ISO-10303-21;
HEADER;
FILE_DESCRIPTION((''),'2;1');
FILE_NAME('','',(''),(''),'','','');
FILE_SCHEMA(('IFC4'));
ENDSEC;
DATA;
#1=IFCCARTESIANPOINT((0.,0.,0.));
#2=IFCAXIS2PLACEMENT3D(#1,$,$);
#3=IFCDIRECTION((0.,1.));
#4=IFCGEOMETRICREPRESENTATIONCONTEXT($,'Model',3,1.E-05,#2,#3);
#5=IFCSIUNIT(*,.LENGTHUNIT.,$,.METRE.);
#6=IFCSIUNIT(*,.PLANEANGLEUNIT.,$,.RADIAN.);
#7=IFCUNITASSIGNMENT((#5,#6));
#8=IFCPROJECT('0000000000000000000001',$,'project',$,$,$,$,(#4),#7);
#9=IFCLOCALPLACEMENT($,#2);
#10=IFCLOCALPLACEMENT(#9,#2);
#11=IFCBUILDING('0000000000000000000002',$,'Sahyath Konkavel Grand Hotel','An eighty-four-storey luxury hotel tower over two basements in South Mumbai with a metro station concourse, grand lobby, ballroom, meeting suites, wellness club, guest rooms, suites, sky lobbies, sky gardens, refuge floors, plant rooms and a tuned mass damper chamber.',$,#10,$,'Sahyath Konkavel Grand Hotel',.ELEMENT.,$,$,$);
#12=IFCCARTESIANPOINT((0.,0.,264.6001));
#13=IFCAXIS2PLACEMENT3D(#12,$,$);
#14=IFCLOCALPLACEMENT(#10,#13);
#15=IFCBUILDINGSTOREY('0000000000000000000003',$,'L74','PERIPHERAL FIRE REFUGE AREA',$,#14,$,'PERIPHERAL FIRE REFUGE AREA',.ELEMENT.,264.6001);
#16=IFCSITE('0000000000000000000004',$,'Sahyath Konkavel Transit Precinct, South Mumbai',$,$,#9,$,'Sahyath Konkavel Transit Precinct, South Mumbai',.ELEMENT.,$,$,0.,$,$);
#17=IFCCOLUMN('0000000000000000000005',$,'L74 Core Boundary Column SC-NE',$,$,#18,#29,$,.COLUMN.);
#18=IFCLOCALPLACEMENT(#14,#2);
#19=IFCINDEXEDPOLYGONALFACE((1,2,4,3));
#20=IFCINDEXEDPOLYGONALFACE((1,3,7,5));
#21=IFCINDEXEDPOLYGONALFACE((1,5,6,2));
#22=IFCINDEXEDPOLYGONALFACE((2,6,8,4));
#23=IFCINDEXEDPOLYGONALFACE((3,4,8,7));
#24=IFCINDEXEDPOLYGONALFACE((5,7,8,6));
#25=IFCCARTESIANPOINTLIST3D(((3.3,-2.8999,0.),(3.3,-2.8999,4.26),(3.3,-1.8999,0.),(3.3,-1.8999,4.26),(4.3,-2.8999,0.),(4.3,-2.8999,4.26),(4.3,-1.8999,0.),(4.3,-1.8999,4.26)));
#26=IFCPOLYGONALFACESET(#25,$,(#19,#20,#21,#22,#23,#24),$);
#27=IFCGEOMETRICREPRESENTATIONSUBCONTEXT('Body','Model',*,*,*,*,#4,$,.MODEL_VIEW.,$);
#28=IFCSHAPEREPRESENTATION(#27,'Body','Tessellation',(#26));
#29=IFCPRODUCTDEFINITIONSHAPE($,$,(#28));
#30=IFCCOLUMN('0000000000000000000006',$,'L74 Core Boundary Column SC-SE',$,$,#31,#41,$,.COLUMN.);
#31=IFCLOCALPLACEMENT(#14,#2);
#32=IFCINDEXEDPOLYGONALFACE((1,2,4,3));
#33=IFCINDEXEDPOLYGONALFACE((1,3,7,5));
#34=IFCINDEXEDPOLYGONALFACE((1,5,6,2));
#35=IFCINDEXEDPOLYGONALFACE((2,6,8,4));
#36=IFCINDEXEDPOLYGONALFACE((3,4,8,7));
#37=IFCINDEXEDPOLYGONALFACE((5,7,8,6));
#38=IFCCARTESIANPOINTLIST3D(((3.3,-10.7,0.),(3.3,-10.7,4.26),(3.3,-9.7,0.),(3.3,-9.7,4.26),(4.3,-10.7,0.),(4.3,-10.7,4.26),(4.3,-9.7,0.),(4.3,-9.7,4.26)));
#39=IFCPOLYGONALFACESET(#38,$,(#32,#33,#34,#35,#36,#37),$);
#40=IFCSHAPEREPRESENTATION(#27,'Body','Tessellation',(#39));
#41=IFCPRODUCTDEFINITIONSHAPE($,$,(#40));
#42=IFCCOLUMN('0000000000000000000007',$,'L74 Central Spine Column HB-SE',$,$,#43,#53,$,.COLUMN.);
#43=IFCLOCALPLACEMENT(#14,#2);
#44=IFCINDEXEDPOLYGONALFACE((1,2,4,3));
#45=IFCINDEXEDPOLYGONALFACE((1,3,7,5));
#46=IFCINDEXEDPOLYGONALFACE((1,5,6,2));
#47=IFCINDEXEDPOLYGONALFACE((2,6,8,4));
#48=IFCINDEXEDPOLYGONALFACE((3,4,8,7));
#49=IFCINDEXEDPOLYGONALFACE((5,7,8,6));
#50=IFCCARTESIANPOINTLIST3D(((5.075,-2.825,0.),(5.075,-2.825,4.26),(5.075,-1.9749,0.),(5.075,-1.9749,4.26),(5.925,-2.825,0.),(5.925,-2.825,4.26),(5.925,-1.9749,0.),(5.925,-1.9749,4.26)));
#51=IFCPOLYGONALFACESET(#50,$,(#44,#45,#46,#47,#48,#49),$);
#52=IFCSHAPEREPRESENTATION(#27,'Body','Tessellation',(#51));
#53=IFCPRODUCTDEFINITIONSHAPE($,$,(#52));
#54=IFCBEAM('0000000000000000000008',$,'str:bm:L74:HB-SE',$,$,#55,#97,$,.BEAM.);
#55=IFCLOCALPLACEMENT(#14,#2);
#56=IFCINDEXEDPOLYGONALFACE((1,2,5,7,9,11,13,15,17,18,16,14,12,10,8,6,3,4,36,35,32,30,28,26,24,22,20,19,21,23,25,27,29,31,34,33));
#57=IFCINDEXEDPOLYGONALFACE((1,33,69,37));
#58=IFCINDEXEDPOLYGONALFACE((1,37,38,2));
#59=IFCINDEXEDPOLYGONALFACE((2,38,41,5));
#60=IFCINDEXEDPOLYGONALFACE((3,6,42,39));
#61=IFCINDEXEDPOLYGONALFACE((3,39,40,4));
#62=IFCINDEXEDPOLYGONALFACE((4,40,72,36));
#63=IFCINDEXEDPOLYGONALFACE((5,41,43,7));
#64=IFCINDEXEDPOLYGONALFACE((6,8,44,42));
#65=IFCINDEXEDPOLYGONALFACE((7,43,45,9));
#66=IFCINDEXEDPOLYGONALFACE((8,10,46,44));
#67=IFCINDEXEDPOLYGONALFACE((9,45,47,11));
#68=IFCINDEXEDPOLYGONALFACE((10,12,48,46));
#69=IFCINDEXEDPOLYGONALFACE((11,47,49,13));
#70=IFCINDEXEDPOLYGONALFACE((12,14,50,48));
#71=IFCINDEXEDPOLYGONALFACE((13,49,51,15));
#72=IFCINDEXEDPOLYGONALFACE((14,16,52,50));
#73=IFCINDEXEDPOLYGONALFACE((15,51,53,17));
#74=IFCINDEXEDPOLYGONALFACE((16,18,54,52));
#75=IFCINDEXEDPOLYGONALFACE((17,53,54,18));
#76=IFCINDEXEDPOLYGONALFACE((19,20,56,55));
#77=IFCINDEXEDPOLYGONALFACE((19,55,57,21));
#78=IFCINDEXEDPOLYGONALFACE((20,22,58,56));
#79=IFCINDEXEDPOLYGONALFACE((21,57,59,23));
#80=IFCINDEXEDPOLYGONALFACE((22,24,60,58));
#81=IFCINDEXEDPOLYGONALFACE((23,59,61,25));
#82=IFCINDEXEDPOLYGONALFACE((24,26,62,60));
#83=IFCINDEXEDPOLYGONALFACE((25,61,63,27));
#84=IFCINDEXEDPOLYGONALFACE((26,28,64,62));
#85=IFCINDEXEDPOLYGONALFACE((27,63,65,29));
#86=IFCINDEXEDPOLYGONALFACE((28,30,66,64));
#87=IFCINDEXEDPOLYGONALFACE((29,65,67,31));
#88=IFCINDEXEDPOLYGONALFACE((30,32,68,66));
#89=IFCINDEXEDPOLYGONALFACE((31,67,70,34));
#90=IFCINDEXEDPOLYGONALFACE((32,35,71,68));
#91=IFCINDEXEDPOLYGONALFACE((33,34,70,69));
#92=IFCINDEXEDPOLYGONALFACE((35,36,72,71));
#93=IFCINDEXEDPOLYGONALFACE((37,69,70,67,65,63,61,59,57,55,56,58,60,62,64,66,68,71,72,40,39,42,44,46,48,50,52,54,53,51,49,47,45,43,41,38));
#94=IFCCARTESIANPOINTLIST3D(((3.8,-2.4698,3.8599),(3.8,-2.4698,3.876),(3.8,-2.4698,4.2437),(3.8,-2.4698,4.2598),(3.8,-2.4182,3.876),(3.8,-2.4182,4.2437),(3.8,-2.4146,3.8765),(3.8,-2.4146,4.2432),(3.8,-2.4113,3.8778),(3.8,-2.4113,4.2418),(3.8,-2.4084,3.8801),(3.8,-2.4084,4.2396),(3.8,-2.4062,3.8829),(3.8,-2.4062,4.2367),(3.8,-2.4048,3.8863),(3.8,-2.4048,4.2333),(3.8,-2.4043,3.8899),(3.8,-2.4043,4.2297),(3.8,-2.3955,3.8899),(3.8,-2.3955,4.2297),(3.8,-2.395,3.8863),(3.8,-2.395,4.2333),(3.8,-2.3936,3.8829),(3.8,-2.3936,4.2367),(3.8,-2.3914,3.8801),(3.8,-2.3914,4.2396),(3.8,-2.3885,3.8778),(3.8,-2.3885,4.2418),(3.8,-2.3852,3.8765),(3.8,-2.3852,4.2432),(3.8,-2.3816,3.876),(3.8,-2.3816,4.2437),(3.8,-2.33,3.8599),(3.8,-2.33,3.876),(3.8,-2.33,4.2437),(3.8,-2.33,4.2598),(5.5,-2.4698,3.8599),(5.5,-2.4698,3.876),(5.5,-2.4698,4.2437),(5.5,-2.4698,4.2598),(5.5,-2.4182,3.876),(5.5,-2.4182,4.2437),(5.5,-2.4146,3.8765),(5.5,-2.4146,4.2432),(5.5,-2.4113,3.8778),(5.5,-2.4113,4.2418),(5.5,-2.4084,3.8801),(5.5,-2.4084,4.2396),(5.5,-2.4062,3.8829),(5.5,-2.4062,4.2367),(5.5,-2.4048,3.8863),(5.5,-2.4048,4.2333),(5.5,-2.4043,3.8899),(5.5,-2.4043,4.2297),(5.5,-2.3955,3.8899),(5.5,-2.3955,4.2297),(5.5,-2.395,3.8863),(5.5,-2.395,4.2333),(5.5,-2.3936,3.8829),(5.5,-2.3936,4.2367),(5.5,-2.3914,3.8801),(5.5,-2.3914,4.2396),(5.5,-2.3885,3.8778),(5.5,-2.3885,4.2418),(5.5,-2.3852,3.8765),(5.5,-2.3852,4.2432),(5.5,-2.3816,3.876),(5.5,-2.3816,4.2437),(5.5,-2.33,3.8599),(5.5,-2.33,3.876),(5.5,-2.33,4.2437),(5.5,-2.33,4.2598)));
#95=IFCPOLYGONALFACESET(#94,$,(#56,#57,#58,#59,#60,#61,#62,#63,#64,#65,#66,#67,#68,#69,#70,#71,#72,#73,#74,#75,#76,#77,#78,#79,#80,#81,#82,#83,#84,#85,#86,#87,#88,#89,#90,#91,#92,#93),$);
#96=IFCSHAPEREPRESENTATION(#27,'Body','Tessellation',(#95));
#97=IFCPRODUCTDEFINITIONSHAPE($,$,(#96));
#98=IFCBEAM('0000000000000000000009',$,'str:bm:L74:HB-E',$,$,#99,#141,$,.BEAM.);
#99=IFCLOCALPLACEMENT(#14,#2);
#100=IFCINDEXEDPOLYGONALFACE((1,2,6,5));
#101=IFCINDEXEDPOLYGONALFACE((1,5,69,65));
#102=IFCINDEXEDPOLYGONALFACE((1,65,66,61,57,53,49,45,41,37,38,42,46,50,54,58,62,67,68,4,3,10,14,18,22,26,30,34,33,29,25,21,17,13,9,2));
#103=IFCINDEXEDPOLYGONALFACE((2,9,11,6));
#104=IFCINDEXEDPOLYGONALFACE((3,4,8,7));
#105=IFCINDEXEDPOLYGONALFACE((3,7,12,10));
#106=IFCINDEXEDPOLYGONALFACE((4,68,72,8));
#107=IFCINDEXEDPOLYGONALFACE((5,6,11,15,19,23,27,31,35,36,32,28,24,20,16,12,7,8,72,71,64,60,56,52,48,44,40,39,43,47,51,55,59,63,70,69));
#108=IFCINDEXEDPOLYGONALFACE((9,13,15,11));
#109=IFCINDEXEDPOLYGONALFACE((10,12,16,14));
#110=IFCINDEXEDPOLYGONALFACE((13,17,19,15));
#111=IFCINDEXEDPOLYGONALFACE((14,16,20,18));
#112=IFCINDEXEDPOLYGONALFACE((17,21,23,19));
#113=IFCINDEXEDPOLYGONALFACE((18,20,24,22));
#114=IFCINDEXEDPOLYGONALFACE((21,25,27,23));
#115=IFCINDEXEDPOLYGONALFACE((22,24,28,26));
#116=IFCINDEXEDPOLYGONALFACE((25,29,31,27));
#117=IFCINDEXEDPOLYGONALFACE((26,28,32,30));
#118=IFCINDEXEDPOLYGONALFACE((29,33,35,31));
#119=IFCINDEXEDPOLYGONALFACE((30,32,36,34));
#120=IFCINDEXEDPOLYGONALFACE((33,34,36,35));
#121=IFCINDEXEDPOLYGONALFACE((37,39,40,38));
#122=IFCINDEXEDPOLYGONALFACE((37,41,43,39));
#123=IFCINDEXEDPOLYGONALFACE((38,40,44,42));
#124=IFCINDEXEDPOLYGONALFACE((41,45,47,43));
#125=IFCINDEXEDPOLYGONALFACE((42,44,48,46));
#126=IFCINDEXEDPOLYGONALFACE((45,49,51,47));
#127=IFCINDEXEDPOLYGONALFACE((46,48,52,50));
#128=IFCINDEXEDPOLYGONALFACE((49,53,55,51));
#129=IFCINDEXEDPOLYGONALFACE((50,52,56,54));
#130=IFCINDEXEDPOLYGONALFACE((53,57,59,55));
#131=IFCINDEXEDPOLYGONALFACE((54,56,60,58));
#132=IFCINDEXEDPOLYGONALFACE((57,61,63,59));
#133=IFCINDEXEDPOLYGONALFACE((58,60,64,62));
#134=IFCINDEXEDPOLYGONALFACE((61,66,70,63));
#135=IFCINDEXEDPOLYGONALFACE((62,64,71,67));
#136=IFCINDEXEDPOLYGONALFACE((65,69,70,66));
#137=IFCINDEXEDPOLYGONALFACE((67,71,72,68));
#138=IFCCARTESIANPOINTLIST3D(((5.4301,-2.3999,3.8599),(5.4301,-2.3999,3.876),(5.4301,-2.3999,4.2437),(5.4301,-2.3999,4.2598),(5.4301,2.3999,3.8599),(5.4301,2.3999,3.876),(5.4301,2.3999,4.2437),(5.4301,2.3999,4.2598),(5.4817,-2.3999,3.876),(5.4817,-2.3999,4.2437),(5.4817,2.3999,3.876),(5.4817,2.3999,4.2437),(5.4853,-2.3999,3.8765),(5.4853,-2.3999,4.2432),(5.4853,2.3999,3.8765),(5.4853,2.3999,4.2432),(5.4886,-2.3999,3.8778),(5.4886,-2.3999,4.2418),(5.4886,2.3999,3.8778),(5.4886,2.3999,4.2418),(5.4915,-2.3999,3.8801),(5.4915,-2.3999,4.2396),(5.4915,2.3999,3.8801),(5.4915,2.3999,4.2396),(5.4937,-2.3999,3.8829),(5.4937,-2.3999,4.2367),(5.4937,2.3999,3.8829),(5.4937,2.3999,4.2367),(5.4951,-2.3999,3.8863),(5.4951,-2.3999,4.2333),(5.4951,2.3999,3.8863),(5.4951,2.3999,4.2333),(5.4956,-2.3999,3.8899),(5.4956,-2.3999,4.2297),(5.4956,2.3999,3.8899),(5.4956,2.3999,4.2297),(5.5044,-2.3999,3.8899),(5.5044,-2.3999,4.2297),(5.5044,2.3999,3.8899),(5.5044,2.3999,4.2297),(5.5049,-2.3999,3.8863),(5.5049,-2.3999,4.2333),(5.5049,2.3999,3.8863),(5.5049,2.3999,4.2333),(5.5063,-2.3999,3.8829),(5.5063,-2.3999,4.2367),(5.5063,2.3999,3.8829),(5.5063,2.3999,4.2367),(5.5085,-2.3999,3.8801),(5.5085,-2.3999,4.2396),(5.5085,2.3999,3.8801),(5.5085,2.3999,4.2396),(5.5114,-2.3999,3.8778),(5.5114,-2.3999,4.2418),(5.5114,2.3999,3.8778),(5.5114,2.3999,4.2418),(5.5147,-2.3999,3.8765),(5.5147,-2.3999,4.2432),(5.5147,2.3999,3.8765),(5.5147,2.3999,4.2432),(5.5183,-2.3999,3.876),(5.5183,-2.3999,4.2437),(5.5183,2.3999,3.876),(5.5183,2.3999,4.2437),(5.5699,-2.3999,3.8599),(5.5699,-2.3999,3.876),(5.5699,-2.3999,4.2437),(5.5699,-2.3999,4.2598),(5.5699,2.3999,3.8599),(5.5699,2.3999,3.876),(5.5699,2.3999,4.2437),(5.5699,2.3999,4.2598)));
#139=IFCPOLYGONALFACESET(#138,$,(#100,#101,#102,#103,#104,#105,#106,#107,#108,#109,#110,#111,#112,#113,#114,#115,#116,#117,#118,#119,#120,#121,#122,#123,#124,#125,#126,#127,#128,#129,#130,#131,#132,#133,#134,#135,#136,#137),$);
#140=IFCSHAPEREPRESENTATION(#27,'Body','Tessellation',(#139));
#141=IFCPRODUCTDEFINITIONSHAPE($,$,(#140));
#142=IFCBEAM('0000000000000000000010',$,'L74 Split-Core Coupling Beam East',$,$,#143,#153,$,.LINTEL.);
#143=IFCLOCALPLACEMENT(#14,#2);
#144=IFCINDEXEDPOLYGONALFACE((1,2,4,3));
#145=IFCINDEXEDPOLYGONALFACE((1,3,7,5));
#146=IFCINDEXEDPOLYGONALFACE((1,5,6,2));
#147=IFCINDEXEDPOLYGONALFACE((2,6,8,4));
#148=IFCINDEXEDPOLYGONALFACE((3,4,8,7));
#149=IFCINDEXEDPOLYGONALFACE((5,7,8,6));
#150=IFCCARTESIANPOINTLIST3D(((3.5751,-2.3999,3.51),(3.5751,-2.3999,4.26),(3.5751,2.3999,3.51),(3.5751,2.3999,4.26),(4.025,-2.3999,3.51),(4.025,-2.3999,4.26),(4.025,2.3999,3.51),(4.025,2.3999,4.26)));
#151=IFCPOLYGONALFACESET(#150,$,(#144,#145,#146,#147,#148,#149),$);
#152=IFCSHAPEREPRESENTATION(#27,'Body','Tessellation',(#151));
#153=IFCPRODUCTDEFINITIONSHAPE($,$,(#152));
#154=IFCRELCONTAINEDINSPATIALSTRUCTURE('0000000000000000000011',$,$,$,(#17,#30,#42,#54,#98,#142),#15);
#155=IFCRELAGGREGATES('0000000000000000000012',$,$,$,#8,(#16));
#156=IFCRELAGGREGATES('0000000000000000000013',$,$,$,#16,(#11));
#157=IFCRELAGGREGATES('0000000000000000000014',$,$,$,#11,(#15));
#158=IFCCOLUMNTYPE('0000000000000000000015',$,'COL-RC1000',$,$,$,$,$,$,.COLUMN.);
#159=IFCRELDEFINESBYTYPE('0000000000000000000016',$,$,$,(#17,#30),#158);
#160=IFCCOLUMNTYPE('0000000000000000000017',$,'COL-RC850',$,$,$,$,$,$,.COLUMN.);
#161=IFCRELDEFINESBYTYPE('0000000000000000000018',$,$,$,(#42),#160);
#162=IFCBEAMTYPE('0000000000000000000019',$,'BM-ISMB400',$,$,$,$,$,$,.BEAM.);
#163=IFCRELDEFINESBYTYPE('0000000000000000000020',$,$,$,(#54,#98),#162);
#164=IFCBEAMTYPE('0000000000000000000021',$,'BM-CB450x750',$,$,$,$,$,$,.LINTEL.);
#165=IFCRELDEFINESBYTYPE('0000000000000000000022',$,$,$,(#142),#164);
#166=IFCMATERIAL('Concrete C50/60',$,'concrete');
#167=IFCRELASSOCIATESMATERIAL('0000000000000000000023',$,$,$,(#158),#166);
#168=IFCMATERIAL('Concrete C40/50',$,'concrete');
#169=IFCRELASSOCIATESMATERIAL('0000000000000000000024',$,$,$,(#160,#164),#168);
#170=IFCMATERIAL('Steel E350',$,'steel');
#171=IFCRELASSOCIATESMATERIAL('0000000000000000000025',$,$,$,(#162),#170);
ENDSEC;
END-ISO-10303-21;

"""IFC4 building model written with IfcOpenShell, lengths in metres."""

from ifc_helpers import new_model, si_unit, direction, frame, origin, origin_2d, place, context, subcontext, project, spatial, rectangle, i_section, extrude, source, transform, mapped, material, material_profile, profile_set, type_object, element, save


model = new_model("IFC4")

# Units and contexts
model_context = context("Model", 3, precision=1e-05, world=origin(), true_north=direction((0.0, 1.0)))
body_context = subcontext(model_context, "Body", "Model", "MODEL_VIEW")
ifc_project = project(units=[si_unit("LENGTHUNIT", "METRE"), si_unit("PLANEANGLEUNIT", "RADIAN")], contexts=[model_context])

# Site, building, storey
site_placement = place(None, origin())
site = spatial("IfcSite", under=ifc_project, at=site_placement, Name="Sahyath Konkavel Transit Precinct, South Mumbai", LongName="Sahyath Konkavel Transit Precinct, South Mumbai", CompositionType="ELEMENT", RefElevation=0.0)
building_placement = place(site_placement, origin())
building = spatial("IfcBuilding", under=site, at=building_placement, Name="Sahyath Konkavel Grand Hotel", Description="An eighty-four-storey luxury hotel tower over two basements in South Mumbai with a metro station concourse, grand lobby, ballroom, meeting suites, wellness club, guest rooms, suites, sky lobbies, sky gardens, refuge floors, plant rooms and a tuned mass damper chamber.", LongName="Sahyath Konkavel Grand Hotel", CompositionType="ELEMENT")
storey_placement = place(building_placement, frame((0.0, 0.0, 264.6001)))
storey = spatial("IfcBuildingStorey", under=building, at=storey_placement, Name="L74", Description="PERIPHERAL FIRE REFUGE AREA", LongName="PERIPHERAL FIRE REFUGE AREA", CompositionType="ELEMENT", Elevation=264.6001)

# Columns
ifc_material_1 = material(Name="Concrete C50/60", Category="concrete")
ifc_material_profile_1 = material_profile(ifc_material_1, rectangle(XDim=1.0, YDim=1.0, at=origin_2d()), Name="RC 1000x1000")
ifc_profile_set_1 = profile_set([ifc_material_profile_1], Name="Concrete C50/60")
column_type_1 = type_object("IfcColumnType", Name="COL-RC1000", PredefinedType="COLUMN", material=ifc_profile_set_1)
shared_shape_1 = source(origin(), body_context, "Body", "SweptSolid", [
    extrude(rectangle(XDim=1.0, YDim=1.0, at=origin_2d()), origin(), (0.0, 0.0, 1.0), 4.26),
])
for number, where, z_axis, x_axis, name in (
    (1, (3.8, -2.3999, 0.0), (0.0, 0.0, 1.0), (1.0, 0.0, 0.0), "L74 Core Boundary Column SC-NE"),
    (2, (3.8, -10.2, 0.0), (0.0, 0.0, 1.0), (1.0, 0.0, 0.0), "L74 Core Boundary Column SC-SE"),
):
    element("IfcColumn", number, at=place(storey_placement, frame(where, z_axis=z_axis, x_axis=x_axis)), inside=storey, type_object=column_type_1, Name=name, PredefinedType="COLUMN", context=body_context, shape_type="MappedRepresentation", body=[
        mapped(shared_shape_1, transform((0.0, 0.0, 0.0), scale=1.0)),
    ])
ifc_material_2 = material(Name="Concrete C40/50", Category="concrete")
ifc_material_profile_2 = material_profile(ifc_material_2, rectangle(XDim=0.8501, YDim=0.8501, at=origin_2d()), Name="RC 850x850")
ifc_profile_set_2 = profile_set([ifc_material_profile_2], Name="Concrete C40/50")
column_type_2 = type_object("IfcColumnType", Name="COL-RC850", PredefinedType="COLUMN", material=ifc_profile_set_2)
shared_shape_2 = source(origin(), body_context, "Body", "SweptSolid", [
    extrude(rectangle(XDim=0.8501, YDim=0.8501, at=origin_2d()), origin(), (0.0, 0.0, 1.0), 4.26),
])
column_placement = place(storey_placement, frame((5.5, -2.3999, 0.0), z_axis=(0.0, 0.0, 1.0), x_axis=(1.0, 0.0, 0.0)))
element("IfcColumn", 3, at=column_placement, inside=storey, type_object=column_type_2, Name="L74 Central Spine Column HB-SE", PredefinedType="COLUMN", context=body_context, shape_type="MappedRepresentation", body=[
    mapped(shared_shape_2, transform((0.0, 0.0, 0.0), scale=1.0)),
])

# Beams
ifc_material_3 = material(Name="Steel E350", Category="steel")
ifc_material_profile_3 = material_profile(ifc_material_3, i_section(OverallWidth=0.1399, OverallDepth=0.3999, WebThickness=0.0088, FlangeThickness=0.0161, FilletRadius=0.0139, at=origin_2d()), Name="ISMB 400")
ifc_profile_set_3 = profile_set([ifc_material_profile_3], Name="Steel E350")
beam_type_1 = type_object("IfcBeamType", Name="BM-ISMB400", PredefinedType="BEAM", material=ifc_profile_set_3)
shared_shape_3 = source(origin(), body_context, "Body", "SweptSolid", [
    extrude(i_section(OverallWidth=0.1399, OverallDepth=0.3999, WebThickness=0.0088, FlangeThickness=0.0161, FilletRadius=0.0139, at=origin_2d()), origin(), (0.0, 0.0, 1.0), 1.7),
])
beam_1_placement = place(storey_placement, frame((3.8, -2.3999, 4.0598), z_axis=(1.0, 0.0, 0.0), x_axis=(0.0, 1.0, 0.0)))
element("IfcBeam", 4, at=beam_1_placement, inside=storey, type_object=beam_type_1, Name="str:bm:L74:HB-SE", PredefinedType="BEAM", context=body_context, shape_type="MappedRepresentation", body=[
    mapped(shared_shape_3, transform((0.0, 0.0, 0.0), scale=1.0)),
])
shared_shape_4 = source(origin(), body_context, "Body", "SweptSolid", [
    extrude(i_section(OverallWidth=0.1399, OverallDepth=0.3999, WebThickness=0.0088, FlangeThickness=0.0161, FilletRadius=0.0139, at=origin_2d()), origin(), (0.0, 0.0, 1.0), 4.7998),
])
beam_2_placement = place(storey_placement, frame((5.5, -2.3999, 4.0598), z_axis=(0.0, 1.0, 0.0), x_axis=(-1.0, 0.0, 0.0)))
element("IfcBeam", 5, at=beam_2_placement, inside=storey, type_object=beam_type_1, Name="str:bm:L74:HB-E", PredefinedType="BEAM", context=body_context, shape_type="MappedRepresentation", body=[
    mapped(shared_shape_4, transform((0.0, 0.0, 0.0), scale=1.0)),
])
ifc_material_profile_4 = material_profile(ifc_material_2, rectangle(XDim=0.45, YDim=0.75, at=origin_2d()), Name="RC 450x750")
ifc_profile_set_4 = profile_set([ifc_material_profile_4], Name="Concrete C40/50")
beam_type_2 = type_object("IfcBeamType", Name="BM-CB450x750", PredefinedType="LINTEL", material=ifc_profile_set_4)
shared_shape_5 = source(origin(), body_context, "Body", "SweptSolid", [
    extrude(rectangle(XDim=0.45, YDim=0.75, at=origin_2d()), origin(), (0.0, 0.0, 1.0), 4.7998),
])
beam_3_placement = place(storey_placement, frame((3.8, -2.3999, 3.885), z_axis=(0.0, 1.0, 0.0), x_axis=(-1.0, 0.0, 0.0)))
element("IfcBeam", 6, at=beam_3_placement, inside=storey, type_object=beam_type_2, Name="L74 Split-Core Coupling Beam East", PredefinedType="LINTEL", context=body_context, shape_type="MappedRepresentation", body=[
    mapped(shared_shape_5, transform((0.0, 0.0, 0.0), scale=1.0)),
])

save(model, "model.ifc")
